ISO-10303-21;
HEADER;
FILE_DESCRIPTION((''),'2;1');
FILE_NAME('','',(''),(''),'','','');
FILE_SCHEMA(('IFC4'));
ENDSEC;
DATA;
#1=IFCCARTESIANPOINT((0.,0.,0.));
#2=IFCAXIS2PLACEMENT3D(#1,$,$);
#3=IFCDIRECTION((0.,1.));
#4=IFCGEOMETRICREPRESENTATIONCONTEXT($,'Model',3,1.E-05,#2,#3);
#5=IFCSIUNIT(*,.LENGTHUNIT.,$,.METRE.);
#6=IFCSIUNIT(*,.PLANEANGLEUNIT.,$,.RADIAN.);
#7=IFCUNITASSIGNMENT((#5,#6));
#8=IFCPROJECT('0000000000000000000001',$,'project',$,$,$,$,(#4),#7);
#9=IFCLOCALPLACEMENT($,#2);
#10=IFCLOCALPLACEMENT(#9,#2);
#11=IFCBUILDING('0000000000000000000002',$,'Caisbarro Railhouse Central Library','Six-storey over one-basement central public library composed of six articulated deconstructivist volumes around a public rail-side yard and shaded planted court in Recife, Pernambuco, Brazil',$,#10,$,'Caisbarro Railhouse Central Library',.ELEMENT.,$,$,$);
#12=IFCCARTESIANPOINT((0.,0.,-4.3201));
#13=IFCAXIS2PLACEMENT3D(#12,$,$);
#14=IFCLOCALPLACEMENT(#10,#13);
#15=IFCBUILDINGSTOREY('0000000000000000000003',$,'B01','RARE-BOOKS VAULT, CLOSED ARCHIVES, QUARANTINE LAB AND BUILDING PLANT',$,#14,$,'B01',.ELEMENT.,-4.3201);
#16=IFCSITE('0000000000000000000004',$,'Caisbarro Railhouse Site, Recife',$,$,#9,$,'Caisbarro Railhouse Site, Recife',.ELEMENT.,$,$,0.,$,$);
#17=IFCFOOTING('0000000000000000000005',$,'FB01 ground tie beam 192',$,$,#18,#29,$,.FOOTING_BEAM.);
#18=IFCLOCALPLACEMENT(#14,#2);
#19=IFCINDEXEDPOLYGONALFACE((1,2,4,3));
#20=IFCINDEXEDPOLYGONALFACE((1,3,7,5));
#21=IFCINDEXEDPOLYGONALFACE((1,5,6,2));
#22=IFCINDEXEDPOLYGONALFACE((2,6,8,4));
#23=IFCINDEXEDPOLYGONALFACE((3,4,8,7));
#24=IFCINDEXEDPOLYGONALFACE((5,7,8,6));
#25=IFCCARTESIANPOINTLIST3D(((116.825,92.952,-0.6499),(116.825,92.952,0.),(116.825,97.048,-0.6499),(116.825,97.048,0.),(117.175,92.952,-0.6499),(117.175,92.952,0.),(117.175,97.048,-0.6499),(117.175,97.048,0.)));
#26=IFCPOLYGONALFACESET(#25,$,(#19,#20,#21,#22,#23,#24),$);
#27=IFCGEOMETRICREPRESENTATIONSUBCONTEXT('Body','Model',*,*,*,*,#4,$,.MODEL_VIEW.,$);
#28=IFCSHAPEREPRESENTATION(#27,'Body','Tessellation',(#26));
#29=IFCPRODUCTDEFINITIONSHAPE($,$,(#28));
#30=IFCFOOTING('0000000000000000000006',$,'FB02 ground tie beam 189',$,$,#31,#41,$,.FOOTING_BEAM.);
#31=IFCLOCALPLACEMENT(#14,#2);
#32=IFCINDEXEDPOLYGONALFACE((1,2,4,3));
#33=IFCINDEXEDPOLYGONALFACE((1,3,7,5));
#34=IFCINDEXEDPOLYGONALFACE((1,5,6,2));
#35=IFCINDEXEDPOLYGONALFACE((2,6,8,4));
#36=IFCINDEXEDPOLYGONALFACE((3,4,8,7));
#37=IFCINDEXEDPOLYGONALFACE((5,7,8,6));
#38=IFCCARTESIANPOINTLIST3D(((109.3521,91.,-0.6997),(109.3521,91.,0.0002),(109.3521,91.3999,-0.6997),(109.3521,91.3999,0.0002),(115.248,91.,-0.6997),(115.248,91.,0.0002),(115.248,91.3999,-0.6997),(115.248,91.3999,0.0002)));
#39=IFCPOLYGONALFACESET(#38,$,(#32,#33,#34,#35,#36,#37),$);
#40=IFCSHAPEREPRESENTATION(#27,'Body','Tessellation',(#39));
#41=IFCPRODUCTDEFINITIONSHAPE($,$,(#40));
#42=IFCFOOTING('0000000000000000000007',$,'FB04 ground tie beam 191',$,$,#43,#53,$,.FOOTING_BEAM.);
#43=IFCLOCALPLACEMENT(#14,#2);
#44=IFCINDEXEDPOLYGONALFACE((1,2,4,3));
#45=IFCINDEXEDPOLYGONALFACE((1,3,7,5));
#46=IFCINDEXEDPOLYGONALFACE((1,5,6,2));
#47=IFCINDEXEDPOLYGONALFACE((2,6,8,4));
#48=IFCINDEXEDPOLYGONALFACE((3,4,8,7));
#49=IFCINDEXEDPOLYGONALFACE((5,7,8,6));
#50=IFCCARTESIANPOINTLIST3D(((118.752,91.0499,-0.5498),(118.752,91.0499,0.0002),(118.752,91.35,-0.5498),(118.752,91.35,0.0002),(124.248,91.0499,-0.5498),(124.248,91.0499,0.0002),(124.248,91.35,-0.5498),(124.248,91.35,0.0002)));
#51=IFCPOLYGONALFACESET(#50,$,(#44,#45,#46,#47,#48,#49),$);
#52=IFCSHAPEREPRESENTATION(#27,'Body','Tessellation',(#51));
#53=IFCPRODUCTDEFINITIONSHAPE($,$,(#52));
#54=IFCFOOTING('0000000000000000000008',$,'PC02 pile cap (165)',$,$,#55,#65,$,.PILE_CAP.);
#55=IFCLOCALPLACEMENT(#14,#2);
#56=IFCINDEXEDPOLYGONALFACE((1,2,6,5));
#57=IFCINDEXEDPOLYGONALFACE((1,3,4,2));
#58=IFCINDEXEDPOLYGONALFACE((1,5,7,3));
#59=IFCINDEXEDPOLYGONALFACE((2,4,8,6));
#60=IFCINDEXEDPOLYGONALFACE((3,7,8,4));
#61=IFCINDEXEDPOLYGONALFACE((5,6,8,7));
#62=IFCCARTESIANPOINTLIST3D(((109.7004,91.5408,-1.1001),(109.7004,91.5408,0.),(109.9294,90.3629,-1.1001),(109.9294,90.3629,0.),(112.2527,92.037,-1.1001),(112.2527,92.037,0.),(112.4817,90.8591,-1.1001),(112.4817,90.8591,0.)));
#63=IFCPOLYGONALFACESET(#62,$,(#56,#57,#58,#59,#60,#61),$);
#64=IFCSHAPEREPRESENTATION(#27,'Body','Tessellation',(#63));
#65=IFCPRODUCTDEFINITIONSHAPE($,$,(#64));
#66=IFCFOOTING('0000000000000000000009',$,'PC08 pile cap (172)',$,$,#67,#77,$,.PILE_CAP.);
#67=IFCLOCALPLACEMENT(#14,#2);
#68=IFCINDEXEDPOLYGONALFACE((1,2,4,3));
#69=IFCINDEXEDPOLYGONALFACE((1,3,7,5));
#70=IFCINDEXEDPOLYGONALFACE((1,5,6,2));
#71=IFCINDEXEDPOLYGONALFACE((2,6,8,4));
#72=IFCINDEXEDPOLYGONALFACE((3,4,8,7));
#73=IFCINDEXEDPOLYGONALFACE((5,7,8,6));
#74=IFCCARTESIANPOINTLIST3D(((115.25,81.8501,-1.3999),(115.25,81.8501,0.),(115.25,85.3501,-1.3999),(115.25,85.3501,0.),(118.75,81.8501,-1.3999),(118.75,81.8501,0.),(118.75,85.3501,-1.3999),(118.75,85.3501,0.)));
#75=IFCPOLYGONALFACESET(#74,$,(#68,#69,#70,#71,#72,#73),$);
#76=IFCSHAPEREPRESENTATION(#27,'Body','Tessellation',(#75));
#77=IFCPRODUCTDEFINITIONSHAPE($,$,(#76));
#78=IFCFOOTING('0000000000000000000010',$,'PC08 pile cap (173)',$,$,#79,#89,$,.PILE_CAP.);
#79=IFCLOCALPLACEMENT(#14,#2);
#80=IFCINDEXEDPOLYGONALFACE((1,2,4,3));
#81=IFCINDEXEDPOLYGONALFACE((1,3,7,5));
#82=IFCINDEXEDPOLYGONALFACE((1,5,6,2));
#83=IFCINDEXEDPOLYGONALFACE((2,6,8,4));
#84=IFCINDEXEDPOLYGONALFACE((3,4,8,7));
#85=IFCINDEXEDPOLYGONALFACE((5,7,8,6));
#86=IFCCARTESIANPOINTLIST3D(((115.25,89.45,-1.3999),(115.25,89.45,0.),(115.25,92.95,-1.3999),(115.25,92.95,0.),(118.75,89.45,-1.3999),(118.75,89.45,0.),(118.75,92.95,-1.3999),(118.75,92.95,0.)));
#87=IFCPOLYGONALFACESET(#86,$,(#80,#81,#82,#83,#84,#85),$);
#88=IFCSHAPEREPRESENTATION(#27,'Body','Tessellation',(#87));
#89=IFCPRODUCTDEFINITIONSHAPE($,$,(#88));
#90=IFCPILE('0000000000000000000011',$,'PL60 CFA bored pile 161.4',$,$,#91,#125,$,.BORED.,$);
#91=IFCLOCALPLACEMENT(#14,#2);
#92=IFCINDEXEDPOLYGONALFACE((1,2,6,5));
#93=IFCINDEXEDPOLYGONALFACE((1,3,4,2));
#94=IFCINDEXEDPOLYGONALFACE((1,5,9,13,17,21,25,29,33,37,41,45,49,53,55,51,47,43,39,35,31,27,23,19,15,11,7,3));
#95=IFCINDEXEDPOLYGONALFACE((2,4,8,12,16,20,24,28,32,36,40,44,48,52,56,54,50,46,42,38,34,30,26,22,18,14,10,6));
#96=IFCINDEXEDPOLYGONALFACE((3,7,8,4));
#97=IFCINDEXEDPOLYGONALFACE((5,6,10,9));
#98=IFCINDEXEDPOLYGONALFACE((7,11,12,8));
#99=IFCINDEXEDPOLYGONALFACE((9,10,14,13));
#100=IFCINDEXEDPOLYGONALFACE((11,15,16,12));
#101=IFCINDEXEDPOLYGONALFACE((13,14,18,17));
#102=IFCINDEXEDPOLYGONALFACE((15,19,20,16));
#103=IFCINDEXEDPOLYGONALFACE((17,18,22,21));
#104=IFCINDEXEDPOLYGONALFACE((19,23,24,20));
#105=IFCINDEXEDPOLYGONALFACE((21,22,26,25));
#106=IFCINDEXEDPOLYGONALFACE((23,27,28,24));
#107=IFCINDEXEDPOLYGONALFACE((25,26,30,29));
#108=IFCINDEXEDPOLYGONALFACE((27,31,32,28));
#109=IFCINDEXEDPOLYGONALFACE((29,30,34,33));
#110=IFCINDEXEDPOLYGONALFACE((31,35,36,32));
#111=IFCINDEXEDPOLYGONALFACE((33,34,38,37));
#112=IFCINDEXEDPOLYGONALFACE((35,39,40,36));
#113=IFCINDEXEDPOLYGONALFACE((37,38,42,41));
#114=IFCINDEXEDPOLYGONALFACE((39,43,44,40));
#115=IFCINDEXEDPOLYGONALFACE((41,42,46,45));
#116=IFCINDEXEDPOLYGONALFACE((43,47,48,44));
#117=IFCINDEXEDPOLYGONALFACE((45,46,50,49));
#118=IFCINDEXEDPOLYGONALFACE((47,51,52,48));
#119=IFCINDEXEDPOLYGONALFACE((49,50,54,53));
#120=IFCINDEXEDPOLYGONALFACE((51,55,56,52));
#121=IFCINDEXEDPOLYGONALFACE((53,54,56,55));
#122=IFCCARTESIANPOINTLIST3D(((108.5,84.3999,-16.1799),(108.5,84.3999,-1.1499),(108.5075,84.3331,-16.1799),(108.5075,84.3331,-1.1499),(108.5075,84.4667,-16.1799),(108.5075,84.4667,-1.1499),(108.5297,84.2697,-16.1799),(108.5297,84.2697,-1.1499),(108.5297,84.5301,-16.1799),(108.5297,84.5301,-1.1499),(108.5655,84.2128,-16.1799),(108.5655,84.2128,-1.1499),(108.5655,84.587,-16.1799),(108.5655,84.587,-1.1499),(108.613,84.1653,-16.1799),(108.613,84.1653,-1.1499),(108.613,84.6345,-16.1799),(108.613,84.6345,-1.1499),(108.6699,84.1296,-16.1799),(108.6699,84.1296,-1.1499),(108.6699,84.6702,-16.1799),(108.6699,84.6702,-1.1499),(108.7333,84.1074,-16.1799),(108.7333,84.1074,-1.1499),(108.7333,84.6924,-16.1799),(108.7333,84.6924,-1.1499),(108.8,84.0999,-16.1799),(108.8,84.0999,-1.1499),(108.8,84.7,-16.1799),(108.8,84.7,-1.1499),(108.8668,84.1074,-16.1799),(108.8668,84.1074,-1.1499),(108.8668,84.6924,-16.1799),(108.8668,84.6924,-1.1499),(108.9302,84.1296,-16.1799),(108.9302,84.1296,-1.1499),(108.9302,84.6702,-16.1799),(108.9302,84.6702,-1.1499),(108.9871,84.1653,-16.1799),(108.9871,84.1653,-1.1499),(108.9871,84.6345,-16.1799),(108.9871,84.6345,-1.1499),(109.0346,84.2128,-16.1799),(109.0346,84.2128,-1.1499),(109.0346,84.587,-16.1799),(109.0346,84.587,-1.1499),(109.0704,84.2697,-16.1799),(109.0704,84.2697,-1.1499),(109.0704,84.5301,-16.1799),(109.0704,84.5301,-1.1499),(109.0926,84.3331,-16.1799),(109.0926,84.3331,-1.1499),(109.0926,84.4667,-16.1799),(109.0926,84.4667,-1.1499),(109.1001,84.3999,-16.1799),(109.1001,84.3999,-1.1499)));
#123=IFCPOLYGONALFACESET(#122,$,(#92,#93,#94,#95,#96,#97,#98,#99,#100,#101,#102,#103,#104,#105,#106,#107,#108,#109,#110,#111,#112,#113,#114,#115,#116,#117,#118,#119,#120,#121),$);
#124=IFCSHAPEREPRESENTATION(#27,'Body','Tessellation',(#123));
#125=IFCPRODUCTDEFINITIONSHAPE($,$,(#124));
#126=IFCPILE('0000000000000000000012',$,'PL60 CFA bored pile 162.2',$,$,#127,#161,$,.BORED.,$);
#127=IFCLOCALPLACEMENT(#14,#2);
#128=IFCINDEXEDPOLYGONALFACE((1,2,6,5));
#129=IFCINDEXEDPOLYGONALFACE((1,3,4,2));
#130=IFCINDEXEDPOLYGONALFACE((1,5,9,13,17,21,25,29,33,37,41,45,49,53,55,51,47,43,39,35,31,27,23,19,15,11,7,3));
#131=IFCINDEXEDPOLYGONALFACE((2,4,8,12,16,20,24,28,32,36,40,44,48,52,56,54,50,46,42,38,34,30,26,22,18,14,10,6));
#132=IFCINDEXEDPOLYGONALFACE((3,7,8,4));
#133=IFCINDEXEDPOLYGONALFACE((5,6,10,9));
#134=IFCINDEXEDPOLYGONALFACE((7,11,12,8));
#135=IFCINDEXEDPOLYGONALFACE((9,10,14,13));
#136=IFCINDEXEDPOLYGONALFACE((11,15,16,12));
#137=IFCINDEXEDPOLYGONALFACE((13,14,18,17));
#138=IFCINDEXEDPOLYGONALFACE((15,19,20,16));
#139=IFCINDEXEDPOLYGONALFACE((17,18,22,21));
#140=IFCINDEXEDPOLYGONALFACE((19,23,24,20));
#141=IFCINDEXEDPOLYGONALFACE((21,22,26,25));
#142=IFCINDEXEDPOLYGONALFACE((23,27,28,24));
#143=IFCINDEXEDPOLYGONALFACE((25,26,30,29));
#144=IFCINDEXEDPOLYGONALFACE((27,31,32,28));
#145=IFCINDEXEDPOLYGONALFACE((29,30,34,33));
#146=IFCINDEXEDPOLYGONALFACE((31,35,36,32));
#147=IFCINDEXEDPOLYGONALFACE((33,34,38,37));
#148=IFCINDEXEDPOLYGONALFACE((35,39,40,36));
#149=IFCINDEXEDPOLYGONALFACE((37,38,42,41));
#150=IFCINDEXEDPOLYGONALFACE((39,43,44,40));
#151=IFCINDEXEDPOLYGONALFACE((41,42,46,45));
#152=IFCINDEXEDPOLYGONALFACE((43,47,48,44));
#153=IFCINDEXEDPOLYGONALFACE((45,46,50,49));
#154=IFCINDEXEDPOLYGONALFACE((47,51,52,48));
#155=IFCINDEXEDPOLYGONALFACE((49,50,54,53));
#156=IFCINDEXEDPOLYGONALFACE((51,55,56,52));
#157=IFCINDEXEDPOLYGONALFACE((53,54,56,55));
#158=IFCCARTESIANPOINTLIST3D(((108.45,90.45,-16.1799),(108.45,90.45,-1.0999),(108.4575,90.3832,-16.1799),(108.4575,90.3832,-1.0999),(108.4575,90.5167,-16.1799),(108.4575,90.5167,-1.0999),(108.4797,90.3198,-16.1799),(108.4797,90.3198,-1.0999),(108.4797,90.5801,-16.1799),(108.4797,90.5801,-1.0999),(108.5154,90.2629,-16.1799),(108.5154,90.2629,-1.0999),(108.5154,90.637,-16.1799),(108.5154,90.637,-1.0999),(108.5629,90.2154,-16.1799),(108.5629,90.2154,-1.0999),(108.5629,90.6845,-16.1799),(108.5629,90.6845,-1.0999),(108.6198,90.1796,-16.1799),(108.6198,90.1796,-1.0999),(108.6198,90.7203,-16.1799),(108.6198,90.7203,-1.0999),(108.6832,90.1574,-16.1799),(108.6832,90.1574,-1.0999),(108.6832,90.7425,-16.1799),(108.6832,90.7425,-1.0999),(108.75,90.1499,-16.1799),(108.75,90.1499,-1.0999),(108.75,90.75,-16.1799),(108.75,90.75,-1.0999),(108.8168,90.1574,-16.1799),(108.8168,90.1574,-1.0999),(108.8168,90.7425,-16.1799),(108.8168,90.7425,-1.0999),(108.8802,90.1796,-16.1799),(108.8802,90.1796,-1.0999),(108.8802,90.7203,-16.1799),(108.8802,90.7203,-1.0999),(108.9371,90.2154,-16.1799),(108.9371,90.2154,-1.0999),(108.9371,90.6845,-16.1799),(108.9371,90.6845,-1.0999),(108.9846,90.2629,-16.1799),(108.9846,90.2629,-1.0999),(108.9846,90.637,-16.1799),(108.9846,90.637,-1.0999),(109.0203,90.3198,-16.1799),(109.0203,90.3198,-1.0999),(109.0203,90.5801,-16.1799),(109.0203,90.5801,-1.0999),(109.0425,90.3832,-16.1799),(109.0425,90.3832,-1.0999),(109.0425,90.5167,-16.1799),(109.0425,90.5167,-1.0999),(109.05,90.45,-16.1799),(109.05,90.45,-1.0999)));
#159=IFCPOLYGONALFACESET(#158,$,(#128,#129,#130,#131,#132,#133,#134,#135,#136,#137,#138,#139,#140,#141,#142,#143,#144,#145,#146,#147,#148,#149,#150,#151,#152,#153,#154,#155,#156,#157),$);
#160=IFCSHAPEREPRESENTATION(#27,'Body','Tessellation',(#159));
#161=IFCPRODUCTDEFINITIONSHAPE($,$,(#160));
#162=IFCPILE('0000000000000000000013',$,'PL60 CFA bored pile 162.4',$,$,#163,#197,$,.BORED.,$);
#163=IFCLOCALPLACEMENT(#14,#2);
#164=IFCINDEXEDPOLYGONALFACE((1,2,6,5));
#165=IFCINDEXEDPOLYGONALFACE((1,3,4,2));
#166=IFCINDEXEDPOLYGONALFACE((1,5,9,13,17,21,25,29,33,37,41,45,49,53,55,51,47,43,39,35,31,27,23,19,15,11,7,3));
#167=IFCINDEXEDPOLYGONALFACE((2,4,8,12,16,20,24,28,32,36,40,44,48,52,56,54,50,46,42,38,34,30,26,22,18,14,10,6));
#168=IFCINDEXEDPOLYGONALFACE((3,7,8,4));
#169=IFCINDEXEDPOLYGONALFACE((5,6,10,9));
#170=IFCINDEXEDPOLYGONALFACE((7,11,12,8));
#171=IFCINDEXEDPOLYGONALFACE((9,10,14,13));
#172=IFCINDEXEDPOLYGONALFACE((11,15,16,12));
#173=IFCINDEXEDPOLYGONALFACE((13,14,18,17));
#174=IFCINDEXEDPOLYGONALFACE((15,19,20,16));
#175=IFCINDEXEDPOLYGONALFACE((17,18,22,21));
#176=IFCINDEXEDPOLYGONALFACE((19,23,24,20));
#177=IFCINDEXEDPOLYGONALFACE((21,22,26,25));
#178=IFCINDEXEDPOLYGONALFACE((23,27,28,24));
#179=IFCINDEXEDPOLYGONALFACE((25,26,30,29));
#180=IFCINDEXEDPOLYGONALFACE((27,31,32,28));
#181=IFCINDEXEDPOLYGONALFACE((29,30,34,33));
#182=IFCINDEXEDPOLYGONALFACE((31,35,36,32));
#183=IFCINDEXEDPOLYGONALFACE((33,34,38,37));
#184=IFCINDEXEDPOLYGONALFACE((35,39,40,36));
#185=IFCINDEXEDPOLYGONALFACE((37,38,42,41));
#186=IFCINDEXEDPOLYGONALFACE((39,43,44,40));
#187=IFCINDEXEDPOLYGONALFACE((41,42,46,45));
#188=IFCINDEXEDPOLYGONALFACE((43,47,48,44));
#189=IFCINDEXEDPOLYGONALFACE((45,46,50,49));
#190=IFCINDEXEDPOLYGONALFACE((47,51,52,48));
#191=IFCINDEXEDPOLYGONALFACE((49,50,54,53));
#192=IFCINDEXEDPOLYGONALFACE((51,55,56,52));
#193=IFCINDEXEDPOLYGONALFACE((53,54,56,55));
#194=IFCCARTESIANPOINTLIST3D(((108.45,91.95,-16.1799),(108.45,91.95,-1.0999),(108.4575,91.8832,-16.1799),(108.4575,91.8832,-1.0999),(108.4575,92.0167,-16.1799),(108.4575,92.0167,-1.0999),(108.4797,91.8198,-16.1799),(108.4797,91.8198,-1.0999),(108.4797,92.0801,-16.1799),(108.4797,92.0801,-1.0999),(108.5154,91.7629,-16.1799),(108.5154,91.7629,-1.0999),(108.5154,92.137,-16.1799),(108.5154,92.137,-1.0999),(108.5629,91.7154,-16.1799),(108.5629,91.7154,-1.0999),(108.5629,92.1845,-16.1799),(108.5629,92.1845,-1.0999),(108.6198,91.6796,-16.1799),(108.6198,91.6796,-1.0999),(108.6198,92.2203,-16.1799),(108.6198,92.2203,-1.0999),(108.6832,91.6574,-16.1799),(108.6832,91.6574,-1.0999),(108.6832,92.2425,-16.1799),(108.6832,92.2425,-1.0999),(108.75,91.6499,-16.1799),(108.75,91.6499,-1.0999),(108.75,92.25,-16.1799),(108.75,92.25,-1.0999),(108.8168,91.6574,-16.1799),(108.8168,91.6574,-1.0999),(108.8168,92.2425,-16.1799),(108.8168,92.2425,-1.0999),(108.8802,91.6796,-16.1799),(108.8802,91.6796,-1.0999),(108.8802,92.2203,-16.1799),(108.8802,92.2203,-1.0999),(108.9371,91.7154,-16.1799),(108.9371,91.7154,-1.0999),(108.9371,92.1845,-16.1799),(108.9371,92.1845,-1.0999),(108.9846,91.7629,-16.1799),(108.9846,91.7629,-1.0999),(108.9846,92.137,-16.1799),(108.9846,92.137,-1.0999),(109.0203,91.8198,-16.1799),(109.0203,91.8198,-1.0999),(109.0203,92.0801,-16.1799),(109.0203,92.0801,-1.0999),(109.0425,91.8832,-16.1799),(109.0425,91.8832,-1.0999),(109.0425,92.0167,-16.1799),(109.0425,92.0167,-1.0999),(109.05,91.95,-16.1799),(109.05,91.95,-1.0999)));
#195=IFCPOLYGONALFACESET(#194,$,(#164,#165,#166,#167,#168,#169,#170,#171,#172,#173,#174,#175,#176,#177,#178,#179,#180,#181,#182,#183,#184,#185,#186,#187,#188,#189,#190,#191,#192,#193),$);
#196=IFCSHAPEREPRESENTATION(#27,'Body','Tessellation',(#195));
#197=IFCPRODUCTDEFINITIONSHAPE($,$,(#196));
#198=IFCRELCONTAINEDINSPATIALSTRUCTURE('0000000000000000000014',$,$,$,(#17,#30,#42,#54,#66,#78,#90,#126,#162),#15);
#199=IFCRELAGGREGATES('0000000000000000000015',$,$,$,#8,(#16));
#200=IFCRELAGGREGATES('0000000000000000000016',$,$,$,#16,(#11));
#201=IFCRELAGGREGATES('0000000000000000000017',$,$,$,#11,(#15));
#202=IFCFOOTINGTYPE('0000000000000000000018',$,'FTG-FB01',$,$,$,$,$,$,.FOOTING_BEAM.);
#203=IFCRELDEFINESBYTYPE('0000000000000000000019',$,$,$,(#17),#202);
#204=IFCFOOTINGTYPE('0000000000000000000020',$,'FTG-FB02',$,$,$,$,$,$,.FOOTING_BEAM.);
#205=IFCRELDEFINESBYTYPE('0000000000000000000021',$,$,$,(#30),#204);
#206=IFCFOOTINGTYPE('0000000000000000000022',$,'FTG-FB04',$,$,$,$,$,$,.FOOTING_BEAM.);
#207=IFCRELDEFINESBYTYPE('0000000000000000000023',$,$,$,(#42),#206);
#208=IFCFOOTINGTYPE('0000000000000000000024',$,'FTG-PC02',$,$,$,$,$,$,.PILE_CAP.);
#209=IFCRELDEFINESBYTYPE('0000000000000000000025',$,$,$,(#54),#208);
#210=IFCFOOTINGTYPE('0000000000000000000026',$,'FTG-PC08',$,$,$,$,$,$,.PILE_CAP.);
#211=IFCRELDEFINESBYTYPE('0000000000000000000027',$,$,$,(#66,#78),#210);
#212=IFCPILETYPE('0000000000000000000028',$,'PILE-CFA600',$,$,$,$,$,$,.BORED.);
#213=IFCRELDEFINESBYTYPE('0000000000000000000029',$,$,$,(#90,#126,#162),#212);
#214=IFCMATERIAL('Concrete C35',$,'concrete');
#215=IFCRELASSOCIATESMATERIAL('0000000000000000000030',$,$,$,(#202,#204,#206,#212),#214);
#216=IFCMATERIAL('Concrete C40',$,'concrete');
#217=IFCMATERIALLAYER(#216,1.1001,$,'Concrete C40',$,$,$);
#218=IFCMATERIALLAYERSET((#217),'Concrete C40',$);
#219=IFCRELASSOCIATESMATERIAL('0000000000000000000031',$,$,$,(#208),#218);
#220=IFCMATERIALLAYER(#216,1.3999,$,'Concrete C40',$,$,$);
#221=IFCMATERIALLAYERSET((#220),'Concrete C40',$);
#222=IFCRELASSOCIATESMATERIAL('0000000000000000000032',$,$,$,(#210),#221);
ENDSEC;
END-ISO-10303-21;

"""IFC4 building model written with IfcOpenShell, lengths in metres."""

from ifc_helpers import new_model, si_unit, direction, frame, origin, origin_2d, place, context, subcontext, project, spatial, rectangle, circle, extrude, material, layer, layer_set, material_profile, profile_set, type_object, element, save


model = new_model("IFC4")

# Units and contexts
model_context = context("Model", 3, precision=1e-05, world=origin(), true_north=direction((0.0, 1.0)))
body_context = subcontext(model_context, "Body", "Model", "MODEL_VIEW")
ifc_project = project(units=[si_unit("LENGTHUNIT", "METRE"), si_unit("PLANEANGLEUNIT", "RADIAN")], contexts=[model_context])

# Site, building, storey
site_placement = place(None, origin())
site = spatial("IfcSite", under=ifc_project, at=site_placement, Name="Caisbarro Railhouse Site, Recife", LongName="Caisbarro Railhouse Site, Recife", CompositionType="ELEMENT", RefElevation=0.0)
building_placement = place(site_placement, origin())
building = spatial("IfcBuilding", under=site, at=building_placement, Name="Caisbarro Railhouse Central Library", Description="Six-storey over one-basement central public library composed of six articulated deconstructivist volumes around a public rail-side yard and shaded planted court in Recife, Pernambuco, Brazil", LongName="Caisbarro Railhouse Central Library", CompositionType="ELEMENT")
storey_placement = place(building_placement, frame((0.0, 0.0, -4.3201)))
storey = spatial("IfcBuildingStorey", under=building, at=storey_placement, Name="B01", Description="RARE-BOOKS VAULT, CLOSED ARCHIVES, QUARANTINE LAB AND BUILDING PLANT", LongName="B01", CompositionType="ELEMENT", Elevation=-4.3201)

# Footings
ifc_material_1 = material(Name="Concrete C35", Category="concrete")
footing_type_1 = type_object("IfcFootingType", Name="FTG-FB01", PredefinedType="FOOTING_BEAM", material=ifc_material_1)
footing_1_placement = place(storey_placement, frame((117.0, 95.0, -0.6499), z_axis=(0.0, 0.0, 1.0), x_axis=(0.0, 1.0, 0.0)))
element("IfcFooting", 1, at=footing_1_placement, inside=storey, type_object=footing_type_1, Name="FB01 ground tie beam 192", PredefinedType="FOOTING_BEAM", context=body_context, shape_type="SweptSolid", body=[
    extrude(rectangle(XDim=4.0959, YDim=0.3501, at=origin_2d()), origin(), (0.0, 0.0, 1.0), 0.6499),
])
footing_type_2 = type_object("IfcFootingType", Name="FTG-FB02", PredefinedType="FOOTING_BEAM", material=ifc_material_1)
footing_2_placement = place(storey_placement, frame((112.3, 91.2, -0.6997), z_axis=(0.0, 0.0, 1.0), x_axis=(1.0, 0.0, 0.0)))
element("IfcFooting", 2, at=footing_2_placement, inside=storey, type_object=footing_type_2, Name="FB02 ground tie beam 189", PredefinedType="FOOTING_BEAM", context=body_context, shape_type="SweptSolid", body=[
    extrude(rectangle(XDim=5.896, YDim=0.3999, at=origin_2d()), origin(), (0.0, 0.0, 1.0), 0.7),
])
footing_type_3 = type_object("IfcFootingType", Name="FTG-FB04", PredefinedType="FOOTING_BEAM", material=ifc_material_1)
footing_3_placement = place(storey_placement, frame((121.5, 91.2, -0.5498), z_axis=(0.0, 0.0, 1.0), x_axis=(1.0, 0.0, 0.0)))
element("IfcFooting", 3, at=footing_3_placement, inside=storey, type_object=footing_type_3, Name="FB04 ground tie beam 191", PredefinedType="FOOTING_BEAM", context=body_context, shape_type="SweptSolid", body=[
    extrude(rectangle(XDim=5.4961, YDim=0.3, at=origin_2d()), origin(), (0.0, 0.0, 1.0), 0.55),
])
ifc_material_2 = material(Name="Concrete C40", Category="concrete")
ifc_layer_1 = layer(ifc_material_2, 1.1001, Name="Concrete C40")
ifc_layer_set_1 = layer_set([ifc_layer_1], Name="Concrete C40")
footing_type_4 = type_object("IfcFootingType", Name="FTG-PC02", PredefinedType="PILE_CAP", material=ifc_layer_set_1)
footing_4_placement = place(storey_placement, frame((111.0911, 91.2, -1.1001), z_axis=(0.0, 0.0, 1.0), x_axis=(0.981627, 0.190809, 0.0)))
element("IfcFooting", 4, at=footing_4_placement, inside=storey, type_object=footing_type_4, Name="PC02 pile cap (165)", PredefinedType="PILE_CAP", context=body_context, shape_type="SweptSolid", body=[
    extrude(rectangle(XDim=2.6001, YDim=1.2, at=origin_2d()), origin(), (0.0, 0.0, 1.0), 1.1001),
])
ifc_layer_2 = layer(ifc_material_2, 1.3999, Name="Concrete C40")
ifc_layer_set_2 = layer_set([ifc_layer_2], Name="Concrete C40")
footing_type_5 = type_object("IfcFootingType", Name="FTG-PC08", PredefinedType="PILE_CAP", material=ifc_layer_set_2)
for number, where, z_axis, x_axis, name in (
    (5, (117.0, 83.6001, -1.3999), (0.0, 0.0, 1.0), (1.0, 0.0, 0.0), "PC08 pile cap (172)"),
    (6, (117.0, 91.2, -1.3999), (0.0, 0.0, 1.0), (1.0, 0.0, 0.0), "PC08 pile cap (173)"),
):
    element("IfcFooting", number, at=place(storey_placement, frame(where, z_axis=z_axis, x_axis=x_axis)), inside=storey, type_object=footing_type_5, Name=name, PredefinedType="PILE_CAP", context=body_context, shape_type="SweptSolid", body=[
        extrude(rectangle(XDim=3.5, YDim=3.5, at=origin_2d()), origin(), (0.0, 0.0, 1.0), 1.3999),
    ])

# Piles
ifc_material_profile_1 = material_profile(ifc_material_1, circle(Radius=0.3, at=origin_2d()), Name="PILE-CFA-600")
ifc_profile_set_1 = profile_set([ifc_material_profile_1], Name="Concrete C35")
pile_type_1 = type_object("IfcPileType", Name="PILE-CFA600", PredefinedType="BORED", material=ifc_profile_set_1)
pile_placement = place(storey_placement, frame((108.8, 84.3999, -1.1499), z_axis=(0.0, 0.0, -1.0), x_axis=(1.0, 0.0, 0.0)))
element("IfcPile", 7, at=pile_placement, inside=storey, type_object=pile_type_1, Name="PL60 CFA bored pile 161.4", PredefinedType="BORED", context=body_context, shape_type="SweptSolid", body=[
    extrude(circle(Radius=0.3, at=origin_2d()), origin(), (0.0, 0.0, 1.0), 15.03),
])
for number, where, z_axis, x_axis, name in (
    (8, (108.75, 90.45, -1.0999), (0.0, 0.0, -1.0), (1.0, 0.0, 0.0), "PL60 CFA bored pile 162.2"),
    (9, (108.75, 91.95, -1.0999), (0.0, 0.0, -1.0), (1.0, 0.0, 0.0), "PL60 CFA bored pile 162.4"),
):
    element("IfcPile", number, at=place(storey_placement, frame(where, z_axis=z_axis, x_axis=x_axis)), inside=storey, type_object=pile_type_1, Name=name, PredefinedType="BORED", context=body_context, shape_type="SweptSolid", body=[
        extrude(circle(Radius=0.3, at=origin_2d()), origin(), (0.0, 0.0, 1.0), 15.0801),
    ])

save(model, "model.ifc")
